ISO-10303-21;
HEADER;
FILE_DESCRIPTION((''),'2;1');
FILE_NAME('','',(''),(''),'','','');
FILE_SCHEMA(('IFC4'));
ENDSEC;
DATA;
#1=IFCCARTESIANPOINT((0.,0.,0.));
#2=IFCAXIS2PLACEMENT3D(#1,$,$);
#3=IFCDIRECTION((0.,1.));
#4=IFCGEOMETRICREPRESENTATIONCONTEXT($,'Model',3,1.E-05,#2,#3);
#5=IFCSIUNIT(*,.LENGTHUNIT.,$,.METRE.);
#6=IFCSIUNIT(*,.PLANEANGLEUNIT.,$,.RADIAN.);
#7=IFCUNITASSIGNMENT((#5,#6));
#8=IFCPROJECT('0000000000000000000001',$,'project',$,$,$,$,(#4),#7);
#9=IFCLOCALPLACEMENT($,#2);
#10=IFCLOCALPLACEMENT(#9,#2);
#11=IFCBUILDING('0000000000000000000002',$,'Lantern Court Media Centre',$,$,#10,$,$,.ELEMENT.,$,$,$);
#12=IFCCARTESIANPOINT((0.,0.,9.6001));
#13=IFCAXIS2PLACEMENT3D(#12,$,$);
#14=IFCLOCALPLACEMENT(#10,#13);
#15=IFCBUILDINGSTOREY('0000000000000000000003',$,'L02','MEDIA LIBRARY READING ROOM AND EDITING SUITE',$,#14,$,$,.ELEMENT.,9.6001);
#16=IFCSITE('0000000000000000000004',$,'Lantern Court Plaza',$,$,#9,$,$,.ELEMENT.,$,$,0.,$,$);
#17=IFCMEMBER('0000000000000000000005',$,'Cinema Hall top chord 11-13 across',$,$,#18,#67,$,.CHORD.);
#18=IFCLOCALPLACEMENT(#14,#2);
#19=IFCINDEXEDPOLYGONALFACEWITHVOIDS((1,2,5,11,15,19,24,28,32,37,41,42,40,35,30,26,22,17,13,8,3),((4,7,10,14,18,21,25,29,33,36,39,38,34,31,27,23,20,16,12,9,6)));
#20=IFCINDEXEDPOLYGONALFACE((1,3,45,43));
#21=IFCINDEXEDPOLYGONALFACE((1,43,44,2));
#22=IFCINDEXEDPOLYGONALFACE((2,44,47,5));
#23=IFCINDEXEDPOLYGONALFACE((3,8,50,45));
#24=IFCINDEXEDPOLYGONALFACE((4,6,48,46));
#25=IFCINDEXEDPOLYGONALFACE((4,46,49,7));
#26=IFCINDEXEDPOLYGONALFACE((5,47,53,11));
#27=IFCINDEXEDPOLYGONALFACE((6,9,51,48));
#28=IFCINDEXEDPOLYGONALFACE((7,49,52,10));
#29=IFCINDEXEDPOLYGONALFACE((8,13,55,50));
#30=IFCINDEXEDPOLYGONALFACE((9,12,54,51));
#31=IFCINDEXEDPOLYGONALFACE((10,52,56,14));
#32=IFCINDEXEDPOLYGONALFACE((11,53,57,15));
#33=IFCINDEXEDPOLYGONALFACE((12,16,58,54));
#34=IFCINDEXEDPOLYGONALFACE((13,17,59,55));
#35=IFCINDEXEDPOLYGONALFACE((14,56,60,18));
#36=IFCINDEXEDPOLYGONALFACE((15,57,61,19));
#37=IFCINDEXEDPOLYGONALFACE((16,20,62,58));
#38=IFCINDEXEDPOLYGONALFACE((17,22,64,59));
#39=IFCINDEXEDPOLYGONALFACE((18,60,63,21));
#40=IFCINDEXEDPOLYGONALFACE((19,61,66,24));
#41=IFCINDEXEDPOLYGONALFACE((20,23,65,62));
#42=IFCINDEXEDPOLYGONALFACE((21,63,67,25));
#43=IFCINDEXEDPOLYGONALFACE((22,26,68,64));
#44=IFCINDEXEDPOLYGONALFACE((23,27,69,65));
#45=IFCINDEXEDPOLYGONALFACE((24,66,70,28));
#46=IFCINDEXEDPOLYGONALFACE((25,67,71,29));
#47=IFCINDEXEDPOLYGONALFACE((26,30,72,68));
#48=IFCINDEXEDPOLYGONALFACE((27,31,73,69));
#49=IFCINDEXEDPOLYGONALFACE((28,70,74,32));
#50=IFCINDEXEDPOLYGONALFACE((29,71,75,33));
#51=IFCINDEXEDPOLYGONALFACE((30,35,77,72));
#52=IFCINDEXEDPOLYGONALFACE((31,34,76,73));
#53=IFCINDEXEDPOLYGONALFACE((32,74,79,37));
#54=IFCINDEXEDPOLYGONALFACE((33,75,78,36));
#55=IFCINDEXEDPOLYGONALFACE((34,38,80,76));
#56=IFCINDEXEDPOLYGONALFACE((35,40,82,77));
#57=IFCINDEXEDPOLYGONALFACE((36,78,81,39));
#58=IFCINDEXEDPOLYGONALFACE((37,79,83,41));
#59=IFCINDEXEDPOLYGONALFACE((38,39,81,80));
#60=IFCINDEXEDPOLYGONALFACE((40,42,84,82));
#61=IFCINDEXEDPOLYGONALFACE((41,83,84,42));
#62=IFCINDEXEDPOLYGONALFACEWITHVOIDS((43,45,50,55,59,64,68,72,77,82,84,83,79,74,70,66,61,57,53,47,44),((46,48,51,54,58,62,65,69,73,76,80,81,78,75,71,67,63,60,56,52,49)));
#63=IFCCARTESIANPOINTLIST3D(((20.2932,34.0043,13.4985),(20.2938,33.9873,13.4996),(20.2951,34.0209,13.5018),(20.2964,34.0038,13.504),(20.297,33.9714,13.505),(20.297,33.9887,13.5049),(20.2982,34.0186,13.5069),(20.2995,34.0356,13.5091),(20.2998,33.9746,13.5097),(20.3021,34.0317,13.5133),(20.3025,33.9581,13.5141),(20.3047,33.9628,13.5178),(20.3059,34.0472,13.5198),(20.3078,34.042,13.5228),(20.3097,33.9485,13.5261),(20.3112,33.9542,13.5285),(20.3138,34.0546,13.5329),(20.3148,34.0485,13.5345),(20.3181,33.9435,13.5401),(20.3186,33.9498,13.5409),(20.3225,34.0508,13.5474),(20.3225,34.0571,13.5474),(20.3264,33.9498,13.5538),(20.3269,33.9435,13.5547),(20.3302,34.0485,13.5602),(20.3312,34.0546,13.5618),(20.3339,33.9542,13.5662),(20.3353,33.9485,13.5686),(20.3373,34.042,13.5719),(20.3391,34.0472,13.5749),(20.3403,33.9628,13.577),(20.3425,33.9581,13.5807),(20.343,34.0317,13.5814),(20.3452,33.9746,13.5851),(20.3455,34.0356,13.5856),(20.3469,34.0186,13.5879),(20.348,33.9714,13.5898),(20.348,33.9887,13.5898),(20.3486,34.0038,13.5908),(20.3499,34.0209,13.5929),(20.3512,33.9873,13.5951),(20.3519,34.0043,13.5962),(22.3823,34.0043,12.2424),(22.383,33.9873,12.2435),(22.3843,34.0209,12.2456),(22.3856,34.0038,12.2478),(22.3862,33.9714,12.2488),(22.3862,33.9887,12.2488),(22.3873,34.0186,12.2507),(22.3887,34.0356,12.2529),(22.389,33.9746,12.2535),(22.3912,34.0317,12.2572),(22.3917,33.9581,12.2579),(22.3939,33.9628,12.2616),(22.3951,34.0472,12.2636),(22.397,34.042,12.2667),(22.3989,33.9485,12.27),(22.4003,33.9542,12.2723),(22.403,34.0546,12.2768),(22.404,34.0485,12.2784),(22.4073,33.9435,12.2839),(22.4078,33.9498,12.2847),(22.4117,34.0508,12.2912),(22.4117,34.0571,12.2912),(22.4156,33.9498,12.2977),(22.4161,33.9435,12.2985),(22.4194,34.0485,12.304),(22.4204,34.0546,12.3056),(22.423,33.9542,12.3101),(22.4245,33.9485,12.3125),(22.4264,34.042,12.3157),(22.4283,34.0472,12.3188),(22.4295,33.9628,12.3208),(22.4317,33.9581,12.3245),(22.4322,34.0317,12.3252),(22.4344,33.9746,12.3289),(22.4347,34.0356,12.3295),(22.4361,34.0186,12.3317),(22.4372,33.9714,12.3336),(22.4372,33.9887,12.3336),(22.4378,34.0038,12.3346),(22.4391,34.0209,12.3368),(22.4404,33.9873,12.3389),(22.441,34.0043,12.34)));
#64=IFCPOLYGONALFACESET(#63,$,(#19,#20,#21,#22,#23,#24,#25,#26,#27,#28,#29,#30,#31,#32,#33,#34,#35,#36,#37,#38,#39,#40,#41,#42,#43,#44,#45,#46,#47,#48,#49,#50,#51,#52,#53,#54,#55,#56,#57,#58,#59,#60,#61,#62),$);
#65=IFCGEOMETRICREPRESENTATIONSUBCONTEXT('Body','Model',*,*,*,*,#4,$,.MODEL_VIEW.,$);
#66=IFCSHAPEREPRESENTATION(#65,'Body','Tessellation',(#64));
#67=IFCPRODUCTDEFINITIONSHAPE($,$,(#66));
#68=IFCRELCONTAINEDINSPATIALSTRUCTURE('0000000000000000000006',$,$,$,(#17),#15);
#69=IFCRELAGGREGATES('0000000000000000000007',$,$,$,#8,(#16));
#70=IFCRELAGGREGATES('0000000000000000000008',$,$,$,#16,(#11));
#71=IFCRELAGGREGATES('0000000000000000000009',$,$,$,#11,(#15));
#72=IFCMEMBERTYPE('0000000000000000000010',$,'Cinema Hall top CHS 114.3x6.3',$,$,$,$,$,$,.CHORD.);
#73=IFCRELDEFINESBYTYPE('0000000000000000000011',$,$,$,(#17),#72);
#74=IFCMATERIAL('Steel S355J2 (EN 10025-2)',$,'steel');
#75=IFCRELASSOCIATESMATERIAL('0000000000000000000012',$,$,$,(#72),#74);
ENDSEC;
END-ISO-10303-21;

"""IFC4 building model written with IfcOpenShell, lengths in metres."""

from ifc_helpers import new_model, si_unit, direction, frame, origin, origin_2d, place, context, subcontext, project, spatial, hollow_circle, extrude, material, material_profile, profile_set, type_object, element, save


model = new_model("IFC4")

# Units and contexts
model_context = context("Model", 3, precision=1e-05, world=origin(), true_north=direction((0.0, 1.0)))
body_context = subcontext(model_context, "Body", "Model", "MODEL_VIEW")
ifc_project = project(units=[si_unit("LENGTHUNIT", "METRE"), si_unit("PLANEANGLEUNIT", "RADIAN")], contexts=[model_context])

# Site, building, storey
site_placement = place(None, origin())
site = spatial("IfcSite", under=ifc_project, at=site_placement, Name="Lantern Court Plaza", CompositionType="ELEMENT", RefElevation=0.0)
building_placement = place(site_placement, origin())
building = spatial("IfcBuilding", under=site, at=building_placement, Name="Lantern Court Media Centre", CompositionType="ELEMENT")
storey_placement = place(building_placement, frame((0.0, 0.0, 9.6001)))
storey = spatial("IfcBuildingStorey", under=building, at=storey_placement, Name="L02", Description="MEDIA LIBRARY READING ROOM AND EDITING SUITE", CompositionType="ELEMENT", Elevation=9.6001)

# Member
ifc_material = material(Name="Steel S355J2 (EN 10025-2)", Category="steel")
ifc_material_profile_1 = material_profile(ifc_material, hollow_circle(Radius=0.0571, WallThickness=0.0063, at=origin_2d()), Name="Cinema Hall top CHS 114.3x6.3")
ifc_profile_set_1 = profile_set([ifc_material_profile_1], Name="Steel S355J2 (EN 10025-2)")
member_type_1 = type_object("IfcMemberType", Name="Cinema Hall top CHS 114.3x6.3", PredefinedType="CHORD", material=ifc_profile_set_1)
member_1_placement = place(storey_placement, frame((20.3225, 34.0, 13.5474), z_axis=(0.857015, 0.0, -0.515291), x_axis=(0.0, 1.0, 0.0)))
element("IfcMember", 1, at=member_1_placement, inside=storey, type_object=member_type_1, Name="Cinema Hall top chord 11-13 across", PredefinedType="CHORD", context=body_context, shape_type="SweptSolid", body=[
    extrude(hollow_circle(Radius=0.0571, WallThickness=0.0063, at=origin_2d()), origin(), (0.0, 0.0, 1.0), 2.4377),
])

save(model, "model.ifc")
